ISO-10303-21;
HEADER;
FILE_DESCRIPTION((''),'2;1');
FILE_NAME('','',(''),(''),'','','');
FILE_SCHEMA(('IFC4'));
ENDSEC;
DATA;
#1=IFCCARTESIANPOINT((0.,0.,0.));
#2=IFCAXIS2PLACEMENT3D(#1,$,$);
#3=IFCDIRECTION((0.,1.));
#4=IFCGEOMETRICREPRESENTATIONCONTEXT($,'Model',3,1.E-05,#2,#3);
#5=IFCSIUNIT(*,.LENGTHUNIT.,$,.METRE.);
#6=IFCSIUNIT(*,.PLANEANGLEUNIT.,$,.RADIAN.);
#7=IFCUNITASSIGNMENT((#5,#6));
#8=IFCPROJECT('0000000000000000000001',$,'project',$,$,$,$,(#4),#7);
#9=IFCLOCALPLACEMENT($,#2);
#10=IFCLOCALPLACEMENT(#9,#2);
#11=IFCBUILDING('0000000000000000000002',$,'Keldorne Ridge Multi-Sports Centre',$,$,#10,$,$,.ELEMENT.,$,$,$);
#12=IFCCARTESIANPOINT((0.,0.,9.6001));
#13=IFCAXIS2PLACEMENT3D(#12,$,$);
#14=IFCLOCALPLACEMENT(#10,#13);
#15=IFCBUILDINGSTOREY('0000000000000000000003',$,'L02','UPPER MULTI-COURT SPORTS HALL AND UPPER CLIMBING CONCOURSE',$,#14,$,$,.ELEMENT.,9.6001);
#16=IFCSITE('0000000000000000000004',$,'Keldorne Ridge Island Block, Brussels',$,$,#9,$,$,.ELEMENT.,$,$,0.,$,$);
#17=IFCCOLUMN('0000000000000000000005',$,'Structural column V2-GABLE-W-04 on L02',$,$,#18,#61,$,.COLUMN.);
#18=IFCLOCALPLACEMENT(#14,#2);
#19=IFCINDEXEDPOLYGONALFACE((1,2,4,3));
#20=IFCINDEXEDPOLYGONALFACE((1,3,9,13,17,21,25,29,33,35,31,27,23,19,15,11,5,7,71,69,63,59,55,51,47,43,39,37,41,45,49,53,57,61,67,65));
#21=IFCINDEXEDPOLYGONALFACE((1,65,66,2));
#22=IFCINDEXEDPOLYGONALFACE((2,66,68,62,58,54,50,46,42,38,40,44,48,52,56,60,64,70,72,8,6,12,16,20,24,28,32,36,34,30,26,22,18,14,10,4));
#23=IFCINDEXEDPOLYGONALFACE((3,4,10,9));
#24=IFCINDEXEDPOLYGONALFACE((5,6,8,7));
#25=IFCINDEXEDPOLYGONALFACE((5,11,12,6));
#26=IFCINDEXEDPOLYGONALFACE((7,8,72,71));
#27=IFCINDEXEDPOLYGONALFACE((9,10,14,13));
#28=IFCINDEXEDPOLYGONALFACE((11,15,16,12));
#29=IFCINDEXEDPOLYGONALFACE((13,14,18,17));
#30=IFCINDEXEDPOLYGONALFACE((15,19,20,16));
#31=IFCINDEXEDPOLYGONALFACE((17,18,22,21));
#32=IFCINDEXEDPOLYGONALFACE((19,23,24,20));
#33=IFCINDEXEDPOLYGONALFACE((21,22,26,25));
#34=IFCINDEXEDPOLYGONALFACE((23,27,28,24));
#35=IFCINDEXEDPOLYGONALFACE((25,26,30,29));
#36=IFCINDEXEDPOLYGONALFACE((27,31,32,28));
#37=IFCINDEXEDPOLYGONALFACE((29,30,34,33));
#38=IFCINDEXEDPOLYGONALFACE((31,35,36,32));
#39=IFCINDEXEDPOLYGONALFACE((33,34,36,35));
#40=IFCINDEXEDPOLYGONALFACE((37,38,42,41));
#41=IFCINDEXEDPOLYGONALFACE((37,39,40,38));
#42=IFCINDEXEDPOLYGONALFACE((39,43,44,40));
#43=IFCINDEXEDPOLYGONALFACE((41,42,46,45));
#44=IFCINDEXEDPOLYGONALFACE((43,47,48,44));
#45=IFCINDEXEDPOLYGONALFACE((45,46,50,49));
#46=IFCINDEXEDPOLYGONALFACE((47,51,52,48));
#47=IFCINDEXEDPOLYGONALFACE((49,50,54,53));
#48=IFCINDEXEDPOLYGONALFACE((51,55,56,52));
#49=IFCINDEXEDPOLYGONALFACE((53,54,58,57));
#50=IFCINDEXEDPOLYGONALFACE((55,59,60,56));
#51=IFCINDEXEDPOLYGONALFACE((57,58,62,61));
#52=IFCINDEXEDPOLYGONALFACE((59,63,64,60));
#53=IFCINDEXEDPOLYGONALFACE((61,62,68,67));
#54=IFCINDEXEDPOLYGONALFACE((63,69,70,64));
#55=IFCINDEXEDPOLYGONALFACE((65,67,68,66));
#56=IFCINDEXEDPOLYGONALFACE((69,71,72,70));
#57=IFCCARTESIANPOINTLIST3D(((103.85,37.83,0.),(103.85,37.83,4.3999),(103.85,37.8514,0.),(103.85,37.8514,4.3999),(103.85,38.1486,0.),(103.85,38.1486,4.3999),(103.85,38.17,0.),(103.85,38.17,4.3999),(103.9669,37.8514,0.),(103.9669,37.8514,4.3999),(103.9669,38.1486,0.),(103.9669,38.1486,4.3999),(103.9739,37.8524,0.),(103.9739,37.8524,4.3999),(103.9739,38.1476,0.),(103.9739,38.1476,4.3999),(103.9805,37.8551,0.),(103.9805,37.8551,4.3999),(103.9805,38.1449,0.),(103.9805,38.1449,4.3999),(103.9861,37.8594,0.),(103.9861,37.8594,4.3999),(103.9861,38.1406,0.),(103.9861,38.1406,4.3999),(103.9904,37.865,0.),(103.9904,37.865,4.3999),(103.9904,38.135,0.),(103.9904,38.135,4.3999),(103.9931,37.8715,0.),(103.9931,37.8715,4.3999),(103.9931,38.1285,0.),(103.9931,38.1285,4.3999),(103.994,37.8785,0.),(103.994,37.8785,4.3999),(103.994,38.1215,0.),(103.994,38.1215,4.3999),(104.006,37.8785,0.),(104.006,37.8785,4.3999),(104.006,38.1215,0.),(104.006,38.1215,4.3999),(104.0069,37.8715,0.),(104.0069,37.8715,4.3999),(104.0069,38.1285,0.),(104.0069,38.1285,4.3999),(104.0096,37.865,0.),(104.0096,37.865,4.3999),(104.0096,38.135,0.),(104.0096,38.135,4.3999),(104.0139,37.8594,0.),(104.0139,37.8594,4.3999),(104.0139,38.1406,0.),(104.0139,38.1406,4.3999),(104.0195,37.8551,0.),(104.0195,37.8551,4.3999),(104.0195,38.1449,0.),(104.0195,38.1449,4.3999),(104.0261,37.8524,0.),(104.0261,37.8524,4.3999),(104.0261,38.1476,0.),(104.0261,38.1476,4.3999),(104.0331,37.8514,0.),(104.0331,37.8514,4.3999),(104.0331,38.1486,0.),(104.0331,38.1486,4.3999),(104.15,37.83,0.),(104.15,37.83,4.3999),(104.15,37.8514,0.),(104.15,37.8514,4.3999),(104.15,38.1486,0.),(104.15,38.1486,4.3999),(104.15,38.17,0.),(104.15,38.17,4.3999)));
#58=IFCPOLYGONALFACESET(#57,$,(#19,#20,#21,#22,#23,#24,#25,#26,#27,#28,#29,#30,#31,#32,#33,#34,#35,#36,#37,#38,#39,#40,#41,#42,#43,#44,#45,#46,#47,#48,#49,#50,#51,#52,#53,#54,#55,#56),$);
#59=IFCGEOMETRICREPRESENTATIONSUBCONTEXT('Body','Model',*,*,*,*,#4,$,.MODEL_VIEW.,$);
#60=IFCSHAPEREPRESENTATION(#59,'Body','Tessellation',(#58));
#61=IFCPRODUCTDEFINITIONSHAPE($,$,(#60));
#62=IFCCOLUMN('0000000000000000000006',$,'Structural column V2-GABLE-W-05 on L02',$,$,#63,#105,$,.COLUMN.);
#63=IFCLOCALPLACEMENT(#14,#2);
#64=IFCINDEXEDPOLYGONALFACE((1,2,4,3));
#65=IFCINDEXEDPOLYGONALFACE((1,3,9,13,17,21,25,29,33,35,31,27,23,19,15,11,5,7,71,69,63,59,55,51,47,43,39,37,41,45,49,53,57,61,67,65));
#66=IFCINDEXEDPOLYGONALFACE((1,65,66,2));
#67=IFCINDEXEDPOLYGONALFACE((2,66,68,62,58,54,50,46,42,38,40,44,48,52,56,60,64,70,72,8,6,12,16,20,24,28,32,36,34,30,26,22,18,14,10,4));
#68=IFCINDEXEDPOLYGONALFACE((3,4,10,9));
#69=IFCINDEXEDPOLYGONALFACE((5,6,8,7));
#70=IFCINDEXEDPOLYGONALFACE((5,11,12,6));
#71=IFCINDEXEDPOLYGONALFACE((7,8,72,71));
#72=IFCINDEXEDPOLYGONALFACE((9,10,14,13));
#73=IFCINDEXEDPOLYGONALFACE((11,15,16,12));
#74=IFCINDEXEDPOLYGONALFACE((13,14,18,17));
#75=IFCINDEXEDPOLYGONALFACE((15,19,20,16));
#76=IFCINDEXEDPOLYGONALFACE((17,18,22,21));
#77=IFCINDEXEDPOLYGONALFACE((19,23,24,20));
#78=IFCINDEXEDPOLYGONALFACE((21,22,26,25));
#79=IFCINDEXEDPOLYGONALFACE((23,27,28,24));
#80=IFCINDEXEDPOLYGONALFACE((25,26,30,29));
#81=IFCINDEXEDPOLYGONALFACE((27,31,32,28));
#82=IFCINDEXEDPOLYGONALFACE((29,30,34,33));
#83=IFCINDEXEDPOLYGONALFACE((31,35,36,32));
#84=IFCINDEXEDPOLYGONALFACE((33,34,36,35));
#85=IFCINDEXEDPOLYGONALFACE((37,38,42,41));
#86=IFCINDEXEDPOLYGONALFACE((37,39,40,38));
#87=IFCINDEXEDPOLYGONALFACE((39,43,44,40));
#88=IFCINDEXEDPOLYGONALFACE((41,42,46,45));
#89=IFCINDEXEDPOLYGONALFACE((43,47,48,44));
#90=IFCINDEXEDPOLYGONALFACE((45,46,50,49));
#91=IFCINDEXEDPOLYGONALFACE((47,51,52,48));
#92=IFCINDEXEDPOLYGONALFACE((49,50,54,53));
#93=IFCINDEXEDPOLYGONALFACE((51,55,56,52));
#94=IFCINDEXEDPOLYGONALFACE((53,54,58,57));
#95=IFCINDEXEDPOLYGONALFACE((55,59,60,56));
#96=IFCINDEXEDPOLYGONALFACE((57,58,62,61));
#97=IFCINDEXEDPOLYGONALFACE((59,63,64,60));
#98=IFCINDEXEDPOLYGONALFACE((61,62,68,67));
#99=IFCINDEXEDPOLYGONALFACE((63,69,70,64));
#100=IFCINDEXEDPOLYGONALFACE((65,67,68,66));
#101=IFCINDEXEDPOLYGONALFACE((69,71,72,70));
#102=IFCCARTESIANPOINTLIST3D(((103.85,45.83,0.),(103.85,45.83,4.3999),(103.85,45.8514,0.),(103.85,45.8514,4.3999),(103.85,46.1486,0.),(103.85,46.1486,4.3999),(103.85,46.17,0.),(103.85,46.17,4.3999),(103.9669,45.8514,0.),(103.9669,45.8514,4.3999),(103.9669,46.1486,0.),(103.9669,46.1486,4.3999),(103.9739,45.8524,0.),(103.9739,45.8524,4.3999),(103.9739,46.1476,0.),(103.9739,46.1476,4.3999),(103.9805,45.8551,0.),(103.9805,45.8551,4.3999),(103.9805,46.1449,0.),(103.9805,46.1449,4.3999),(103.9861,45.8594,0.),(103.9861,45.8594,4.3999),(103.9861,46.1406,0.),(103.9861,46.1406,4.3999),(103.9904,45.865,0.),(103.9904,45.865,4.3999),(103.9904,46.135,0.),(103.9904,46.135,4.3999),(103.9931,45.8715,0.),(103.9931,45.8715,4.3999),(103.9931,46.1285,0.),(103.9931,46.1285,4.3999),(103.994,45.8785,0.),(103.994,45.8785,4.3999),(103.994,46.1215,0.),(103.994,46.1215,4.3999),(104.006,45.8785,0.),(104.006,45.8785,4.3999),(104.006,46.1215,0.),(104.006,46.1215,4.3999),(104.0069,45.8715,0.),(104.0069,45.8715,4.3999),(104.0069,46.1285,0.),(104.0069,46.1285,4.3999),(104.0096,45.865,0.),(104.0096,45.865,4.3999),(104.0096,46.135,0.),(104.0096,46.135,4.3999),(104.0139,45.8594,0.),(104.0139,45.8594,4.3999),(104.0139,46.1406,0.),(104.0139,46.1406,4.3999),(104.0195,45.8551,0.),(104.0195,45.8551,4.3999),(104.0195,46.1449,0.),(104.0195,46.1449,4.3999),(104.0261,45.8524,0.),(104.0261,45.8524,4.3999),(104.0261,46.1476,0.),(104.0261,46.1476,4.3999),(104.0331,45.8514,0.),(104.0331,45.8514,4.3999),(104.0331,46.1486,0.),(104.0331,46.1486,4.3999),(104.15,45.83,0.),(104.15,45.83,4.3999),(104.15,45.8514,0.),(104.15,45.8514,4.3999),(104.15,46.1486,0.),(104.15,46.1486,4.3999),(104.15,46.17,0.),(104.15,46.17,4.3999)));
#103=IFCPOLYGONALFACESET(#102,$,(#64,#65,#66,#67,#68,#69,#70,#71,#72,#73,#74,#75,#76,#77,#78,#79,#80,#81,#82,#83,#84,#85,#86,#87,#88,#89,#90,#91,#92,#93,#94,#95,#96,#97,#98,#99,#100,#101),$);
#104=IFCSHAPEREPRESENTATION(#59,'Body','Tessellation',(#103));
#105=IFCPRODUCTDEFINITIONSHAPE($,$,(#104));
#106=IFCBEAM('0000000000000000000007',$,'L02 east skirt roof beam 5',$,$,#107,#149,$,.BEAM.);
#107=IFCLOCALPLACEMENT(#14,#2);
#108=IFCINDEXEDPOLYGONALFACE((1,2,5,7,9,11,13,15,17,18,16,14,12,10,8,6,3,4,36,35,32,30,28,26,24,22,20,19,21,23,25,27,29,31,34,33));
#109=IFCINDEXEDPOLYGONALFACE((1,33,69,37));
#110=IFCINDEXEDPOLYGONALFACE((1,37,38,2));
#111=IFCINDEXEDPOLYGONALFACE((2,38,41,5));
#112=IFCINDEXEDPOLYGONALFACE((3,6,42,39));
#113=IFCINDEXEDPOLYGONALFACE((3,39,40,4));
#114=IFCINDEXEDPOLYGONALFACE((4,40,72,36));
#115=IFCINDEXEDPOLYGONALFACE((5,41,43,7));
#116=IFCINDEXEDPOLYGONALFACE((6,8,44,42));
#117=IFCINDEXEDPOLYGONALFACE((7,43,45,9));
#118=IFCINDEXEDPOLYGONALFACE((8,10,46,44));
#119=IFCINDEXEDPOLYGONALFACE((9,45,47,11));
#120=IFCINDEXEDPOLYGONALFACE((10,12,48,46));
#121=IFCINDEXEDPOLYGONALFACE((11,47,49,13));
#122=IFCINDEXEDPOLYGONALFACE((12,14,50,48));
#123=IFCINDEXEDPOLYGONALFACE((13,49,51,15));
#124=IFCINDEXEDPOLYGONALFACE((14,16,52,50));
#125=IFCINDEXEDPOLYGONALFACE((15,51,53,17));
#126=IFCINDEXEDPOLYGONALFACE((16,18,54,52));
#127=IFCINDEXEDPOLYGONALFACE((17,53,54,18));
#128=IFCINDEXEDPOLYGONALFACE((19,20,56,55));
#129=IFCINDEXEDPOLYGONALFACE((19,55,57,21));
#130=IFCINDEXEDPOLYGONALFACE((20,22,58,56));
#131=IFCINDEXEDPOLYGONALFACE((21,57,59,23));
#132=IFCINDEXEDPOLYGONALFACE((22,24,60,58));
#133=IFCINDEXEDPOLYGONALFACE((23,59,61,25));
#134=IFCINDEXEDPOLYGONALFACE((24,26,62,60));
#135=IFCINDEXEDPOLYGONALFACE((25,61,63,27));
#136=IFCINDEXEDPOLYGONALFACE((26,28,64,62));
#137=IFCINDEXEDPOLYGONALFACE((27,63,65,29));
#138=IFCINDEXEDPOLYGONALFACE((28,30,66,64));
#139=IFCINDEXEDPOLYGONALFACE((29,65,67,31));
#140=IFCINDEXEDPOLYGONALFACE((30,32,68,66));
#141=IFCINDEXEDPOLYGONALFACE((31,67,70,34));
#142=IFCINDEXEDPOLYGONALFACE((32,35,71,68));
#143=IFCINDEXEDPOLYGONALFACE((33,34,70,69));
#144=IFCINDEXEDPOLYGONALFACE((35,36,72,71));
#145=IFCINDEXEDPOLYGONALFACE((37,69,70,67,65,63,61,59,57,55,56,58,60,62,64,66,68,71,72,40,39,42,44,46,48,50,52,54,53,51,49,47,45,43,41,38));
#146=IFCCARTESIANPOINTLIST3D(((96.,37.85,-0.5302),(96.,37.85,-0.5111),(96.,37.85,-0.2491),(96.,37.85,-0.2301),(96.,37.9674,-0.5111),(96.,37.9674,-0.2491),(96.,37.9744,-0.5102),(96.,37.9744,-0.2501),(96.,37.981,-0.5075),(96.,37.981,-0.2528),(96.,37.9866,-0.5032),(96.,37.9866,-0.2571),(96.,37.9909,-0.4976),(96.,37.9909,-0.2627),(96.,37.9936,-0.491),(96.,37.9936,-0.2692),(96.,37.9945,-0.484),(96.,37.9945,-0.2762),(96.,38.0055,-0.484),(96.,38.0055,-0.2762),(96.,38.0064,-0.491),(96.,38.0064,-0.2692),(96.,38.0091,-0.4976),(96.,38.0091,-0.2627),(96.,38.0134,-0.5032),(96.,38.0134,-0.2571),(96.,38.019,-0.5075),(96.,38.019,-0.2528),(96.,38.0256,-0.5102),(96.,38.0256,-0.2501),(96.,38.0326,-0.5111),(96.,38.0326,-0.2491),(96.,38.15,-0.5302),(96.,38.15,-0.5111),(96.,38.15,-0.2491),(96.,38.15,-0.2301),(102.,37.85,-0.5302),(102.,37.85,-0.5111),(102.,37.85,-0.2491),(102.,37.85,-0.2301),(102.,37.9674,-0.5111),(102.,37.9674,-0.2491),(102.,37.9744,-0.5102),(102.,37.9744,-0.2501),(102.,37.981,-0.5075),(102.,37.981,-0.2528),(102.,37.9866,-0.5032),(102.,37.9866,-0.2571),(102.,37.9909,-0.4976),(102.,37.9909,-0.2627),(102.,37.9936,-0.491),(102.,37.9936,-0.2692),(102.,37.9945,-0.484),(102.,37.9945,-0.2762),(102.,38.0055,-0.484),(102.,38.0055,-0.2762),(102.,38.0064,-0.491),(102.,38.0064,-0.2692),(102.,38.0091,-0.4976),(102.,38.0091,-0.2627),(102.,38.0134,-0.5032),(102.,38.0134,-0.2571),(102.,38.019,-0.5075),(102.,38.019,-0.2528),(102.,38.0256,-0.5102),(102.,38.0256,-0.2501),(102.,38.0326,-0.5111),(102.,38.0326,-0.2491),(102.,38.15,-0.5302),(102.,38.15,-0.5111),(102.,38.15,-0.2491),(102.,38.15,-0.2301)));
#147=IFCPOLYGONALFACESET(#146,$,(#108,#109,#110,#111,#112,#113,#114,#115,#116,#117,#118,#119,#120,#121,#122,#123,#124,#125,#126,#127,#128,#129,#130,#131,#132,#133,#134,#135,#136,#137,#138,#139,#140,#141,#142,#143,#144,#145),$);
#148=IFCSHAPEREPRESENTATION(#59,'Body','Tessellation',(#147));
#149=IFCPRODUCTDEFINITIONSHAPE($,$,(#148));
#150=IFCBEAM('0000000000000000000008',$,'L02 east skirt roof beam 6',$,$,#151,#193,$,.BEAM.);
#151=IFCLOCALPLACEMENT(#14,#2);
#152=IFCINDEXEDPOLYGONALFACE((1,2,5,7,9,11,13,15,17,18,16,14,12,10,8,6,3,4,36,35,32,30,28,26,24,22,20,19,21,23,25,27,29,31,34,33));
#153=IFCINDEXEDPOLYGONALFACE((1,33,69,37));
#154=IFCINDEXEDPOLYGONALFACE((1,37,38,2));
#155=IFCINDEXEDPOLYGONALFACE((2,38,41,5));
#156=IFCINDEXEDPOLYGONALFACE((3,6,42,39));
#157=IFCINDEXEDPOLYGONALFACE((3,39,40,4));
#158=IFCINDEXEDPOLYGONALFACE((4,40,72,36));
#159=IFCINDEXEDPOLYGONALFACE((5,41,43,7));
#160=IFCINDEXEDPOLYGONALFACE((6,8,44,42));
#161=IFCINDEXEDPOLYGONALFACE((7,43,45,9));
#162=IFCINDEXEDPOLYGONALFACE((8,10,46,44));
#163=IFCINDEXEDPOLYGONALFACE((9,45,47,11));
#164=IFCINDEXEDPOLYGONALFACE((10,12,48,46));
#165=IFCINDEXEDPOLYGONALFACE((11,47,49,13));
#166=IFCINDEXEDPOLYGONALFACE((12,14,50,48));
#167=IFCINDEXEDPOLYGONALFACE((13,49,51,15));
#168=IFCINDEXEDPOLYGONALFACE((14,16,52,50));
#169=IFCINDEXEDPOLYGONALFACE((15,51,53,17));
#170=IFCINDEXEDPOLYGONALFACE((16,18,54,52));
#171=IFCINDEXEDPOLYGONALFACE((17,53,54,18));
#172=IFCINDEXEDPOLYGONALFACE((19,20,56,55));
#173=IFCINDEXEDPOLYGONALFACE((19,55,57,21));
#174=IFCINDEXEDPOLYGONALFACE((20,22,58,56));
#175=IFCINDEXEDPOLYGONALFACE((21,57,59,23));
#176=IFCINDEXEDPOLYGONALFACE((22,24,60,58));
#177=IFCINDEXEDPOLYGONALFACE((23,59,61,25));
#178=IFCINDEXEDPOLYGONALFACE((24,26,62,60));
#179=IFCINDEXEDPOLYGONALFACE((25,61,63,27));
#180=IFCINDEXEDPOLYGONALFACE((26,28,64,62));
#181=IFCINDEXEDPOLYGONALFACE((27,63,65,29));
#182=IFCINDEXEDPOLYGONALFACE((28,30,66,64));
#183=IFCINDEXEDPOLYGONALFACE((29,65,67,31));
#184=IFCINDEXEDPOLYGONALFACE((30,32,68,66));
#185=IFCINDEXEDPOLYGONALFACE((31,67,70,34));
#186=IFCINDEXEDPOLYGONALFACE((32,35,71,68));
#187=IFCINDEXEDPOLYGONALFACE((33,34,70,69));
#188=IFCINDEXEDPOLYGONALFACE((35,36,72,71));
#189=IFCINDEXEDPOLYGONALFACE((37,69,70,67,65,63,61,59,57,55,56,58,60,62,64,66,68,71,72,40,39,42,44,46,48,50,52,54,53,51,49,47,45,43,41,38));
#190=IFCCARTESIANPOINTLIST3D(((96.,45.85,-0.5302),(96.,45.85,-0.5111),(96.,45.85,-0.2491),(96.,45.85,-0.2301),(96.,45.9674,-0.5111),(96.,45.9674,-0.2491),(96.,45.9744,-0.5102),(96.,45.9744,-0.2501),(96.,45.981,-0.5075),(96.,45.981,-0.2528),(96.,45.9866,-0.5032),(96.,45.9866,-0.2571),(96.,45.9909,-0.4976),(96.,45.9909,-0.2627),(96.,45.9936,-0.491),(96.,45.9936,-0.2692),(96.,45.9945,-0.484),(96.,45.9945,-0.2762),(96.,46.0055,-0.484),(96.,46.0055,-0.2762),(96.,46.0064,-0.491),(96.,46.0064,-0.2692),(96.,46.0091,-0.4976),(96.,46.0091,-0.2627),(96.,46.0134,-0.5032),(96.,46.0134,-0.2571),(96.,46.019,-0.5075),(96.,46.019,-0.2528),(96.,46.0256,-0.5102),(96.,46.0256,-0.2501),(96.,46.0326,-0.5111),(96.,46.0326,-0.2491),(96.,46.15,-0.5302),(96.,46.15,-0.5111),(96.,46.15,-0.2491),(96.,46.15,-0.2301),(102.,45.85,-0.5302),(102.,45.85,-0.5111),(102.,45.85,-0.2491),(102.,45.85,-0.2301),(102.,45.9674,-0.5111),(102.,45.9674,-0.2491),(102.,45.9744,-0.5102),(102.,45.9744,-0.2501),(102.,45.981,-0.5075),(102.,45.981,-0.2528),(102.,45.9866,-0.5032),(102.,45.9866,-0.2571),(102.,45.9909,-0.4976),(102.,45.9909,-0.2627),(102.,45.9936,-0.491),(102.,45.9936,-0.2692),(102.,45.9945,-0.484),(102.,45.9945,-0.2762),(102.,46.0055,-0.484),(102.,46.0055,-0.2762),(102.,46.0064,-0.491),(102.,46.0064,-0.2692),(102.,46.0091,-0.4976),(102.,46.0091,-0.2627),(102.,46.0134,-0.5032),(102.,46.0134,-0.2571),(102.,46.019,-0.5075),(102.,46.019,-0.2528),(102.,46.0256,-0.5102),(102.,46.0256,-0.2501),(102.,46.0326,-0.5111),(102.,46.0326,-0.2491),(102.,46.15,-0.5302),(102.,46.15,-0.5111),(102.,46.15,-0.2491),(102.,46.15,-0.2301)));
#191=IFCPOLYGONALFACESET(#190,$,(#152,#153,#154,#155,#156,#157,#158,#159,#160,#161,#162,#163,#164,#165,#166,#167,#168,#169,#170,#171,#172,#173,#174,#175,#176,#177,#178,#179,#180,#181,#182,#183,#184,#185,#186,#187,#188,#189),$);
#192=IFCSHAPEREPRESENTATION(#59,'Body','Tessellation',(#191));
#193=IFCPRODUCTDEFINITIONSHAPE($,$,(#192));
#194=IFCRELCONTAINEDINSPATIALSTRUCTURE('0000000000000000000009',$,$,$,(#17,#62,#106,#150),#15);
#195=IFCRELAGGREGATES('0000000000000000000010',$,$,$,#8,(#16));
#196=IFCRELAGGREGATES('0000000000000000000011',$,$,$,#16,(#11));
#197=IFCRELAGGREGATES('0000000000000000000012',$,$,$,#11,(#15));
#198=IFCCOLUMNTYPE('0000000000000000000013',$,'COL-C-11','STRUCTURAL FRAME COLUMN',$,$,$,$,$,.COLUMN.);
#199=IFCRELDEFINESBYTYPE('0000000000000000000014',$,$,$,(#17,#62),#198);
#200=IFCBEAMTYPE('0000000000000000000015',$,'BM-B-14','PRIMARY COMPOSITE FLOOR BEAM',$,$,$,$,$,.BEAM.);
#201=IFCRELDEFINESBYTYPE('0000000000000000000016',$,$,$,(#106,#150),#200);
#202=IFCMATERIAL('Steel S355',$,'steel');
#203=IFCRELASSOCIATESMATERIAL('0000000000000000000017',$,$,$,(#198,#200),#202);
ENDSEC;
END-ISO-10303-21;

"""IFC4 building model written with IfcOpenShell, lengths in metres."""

from ifc_helpers import new_model, si_unit, direction, frame, origin, origin_2d, place, context, subcontext, project, spatial, i_section, extrude, material, material_profile, profile_set, type_object, element, save


model = new_model("IFC4")

# Units and contexts
model_context = context("Model", 3, precision=1e-05, world=origin(), true_north=direction((0.0, 1.0)))
body_context = subcontext(model_context, "Body", "Model", "MODEL_VIEW")
ifc_project = project(units=[si_unit("LENGTHUNIT", "METRE"), si_unit("PLANEANGLEUNIT", "RADIAN")], contexts=[model_context])

# Site, building, storey
site_placement = place(None, origin())
site = spatial("IfcSite", under=ifc_project, at=site_placement, Name="Keldorne Ridge Island Block, Brussels", CompositionType="ELEMENT", RefElevation=0.0)
building_placement = place(site_placement, origin())
building = spatial("IfcBuilding", under=site, at=building_placement, Name="Keldorne Ridge Multi-Sports Centre", CompositionType="ELEMENT")
storey_placement = place(building_placement, frame((0.0, 0.0, 9.6001)))
storey = spatial("IfcBuildingStorey", under=building, at=storey_placement, Name="L02", Description="UPPER MULTI-COURT SPORTS HALL AND UPPER CLIMBING CONCOURSE", CompositionType="ELEMENT", Elevation=9.6001)

# Columns
ifc_material_1 = material(Name="Steel S355", Category="steel")
ifc_material_profile_1 = material_profile(ifc_material_1, i_section(OverallWidth=0.3, OverallDepth=0.3401, WebThickness=0.012, FlangeThickness=0.0215, FilletRadius=0.0271, at=origin_2d()), Name="HEB 340")
ifc_profile_set_1 = profile_set([ifc_material_profile_1], Name="Steel S355")
column_type = type_object("IfcColumnType", Name="COL-C-11", Description="STRUCTURAL FRAME COLUMN", PredefinedType="COLUMN", material=ifc_profile_set_1)
for number, where, z_axis, x_axis, name in (
    (1, (104.0, 38.0, 0.0), (0.0, 0.0, 1.0), (1.0, 0.0, 0.0), "Structural column V2-GABLE-W-04 on L02"),
    (2, (104.0, 46.0, 0.0), (0.0, 0.0, 1.0), (1.0, 0.0, 0.0), "Structural column V2-GABLE-W-05 on L02"),
):
    element("IfcColumn", number, at=place(storey_placement, frame(where, z_axis=z_axis, x_axis=x_axis)), inside=storey, type_object=column_type, Name=name, PredefinedType="COLUMN", context=body_context, shape_type="SweptSolid", body=[
        extrude(i_section(OverallWidth=0.3, OverallDepth=0.3401, WebThickness=0.012, FlangeThickness=0.0215, FilletRadius=0.0271, at=origin_2d()), origin(), (0.0, 0.0, 1.0), 4.3999),
    ])

# Beams
ifc_material_profile_2 = material_profile(ifc_material_1, i_section(OverallWidth=0.3, OverallDepth=0.3, WebThickness=0.011, FlangeThickness=0.019, FilletRadius=0.0271, at=origin_2d()), Name="HEB 300")
ifc_profile_set_2 = profile_set([ifc_material_profile_2], Name="Steel S355")
beam_type_1 = type_object("IfcBeamType", Name="BM-B-14", Description="PRIMARY COMPOSITE FLOOR BEAM", PredefinedType="BEAM", material=ifc_profile_set_2)
for number, where, z_axis, x_axis, name in (
    (3, (96.0, 38.0, -0.3801), (1.0, 0.0, 0.0), (0.0, 1.0, 0.0), "L02 east skirt roof beam 5"),
    (4, (96.0, 46.0, -0.3801), (1.0, 0.0, 0.0), (0.0, 1.0, 0.0), "L02 east skirt roof beam 6"),
):
    element("IfcBeam", number, at=place(storey_placement, frame(where, z_axis=z_axis, x_axis=x_axis)), inside=storey, type_object=beam_type_1, Name=name, PredefinedType="BEAM", context=body_context, shape_type="SweptSolid", body=[
        extrude(i_section(OverallWidth=0.3, OverallDepth=0.3, WebThickness=0.011, FlangeThickness=0.019, FilletRadius=0.0271, at=origin_2d()), origin(), (0.0, 0.0, 1.0), 6.0),
    ])

save(model, "model.ifc")
